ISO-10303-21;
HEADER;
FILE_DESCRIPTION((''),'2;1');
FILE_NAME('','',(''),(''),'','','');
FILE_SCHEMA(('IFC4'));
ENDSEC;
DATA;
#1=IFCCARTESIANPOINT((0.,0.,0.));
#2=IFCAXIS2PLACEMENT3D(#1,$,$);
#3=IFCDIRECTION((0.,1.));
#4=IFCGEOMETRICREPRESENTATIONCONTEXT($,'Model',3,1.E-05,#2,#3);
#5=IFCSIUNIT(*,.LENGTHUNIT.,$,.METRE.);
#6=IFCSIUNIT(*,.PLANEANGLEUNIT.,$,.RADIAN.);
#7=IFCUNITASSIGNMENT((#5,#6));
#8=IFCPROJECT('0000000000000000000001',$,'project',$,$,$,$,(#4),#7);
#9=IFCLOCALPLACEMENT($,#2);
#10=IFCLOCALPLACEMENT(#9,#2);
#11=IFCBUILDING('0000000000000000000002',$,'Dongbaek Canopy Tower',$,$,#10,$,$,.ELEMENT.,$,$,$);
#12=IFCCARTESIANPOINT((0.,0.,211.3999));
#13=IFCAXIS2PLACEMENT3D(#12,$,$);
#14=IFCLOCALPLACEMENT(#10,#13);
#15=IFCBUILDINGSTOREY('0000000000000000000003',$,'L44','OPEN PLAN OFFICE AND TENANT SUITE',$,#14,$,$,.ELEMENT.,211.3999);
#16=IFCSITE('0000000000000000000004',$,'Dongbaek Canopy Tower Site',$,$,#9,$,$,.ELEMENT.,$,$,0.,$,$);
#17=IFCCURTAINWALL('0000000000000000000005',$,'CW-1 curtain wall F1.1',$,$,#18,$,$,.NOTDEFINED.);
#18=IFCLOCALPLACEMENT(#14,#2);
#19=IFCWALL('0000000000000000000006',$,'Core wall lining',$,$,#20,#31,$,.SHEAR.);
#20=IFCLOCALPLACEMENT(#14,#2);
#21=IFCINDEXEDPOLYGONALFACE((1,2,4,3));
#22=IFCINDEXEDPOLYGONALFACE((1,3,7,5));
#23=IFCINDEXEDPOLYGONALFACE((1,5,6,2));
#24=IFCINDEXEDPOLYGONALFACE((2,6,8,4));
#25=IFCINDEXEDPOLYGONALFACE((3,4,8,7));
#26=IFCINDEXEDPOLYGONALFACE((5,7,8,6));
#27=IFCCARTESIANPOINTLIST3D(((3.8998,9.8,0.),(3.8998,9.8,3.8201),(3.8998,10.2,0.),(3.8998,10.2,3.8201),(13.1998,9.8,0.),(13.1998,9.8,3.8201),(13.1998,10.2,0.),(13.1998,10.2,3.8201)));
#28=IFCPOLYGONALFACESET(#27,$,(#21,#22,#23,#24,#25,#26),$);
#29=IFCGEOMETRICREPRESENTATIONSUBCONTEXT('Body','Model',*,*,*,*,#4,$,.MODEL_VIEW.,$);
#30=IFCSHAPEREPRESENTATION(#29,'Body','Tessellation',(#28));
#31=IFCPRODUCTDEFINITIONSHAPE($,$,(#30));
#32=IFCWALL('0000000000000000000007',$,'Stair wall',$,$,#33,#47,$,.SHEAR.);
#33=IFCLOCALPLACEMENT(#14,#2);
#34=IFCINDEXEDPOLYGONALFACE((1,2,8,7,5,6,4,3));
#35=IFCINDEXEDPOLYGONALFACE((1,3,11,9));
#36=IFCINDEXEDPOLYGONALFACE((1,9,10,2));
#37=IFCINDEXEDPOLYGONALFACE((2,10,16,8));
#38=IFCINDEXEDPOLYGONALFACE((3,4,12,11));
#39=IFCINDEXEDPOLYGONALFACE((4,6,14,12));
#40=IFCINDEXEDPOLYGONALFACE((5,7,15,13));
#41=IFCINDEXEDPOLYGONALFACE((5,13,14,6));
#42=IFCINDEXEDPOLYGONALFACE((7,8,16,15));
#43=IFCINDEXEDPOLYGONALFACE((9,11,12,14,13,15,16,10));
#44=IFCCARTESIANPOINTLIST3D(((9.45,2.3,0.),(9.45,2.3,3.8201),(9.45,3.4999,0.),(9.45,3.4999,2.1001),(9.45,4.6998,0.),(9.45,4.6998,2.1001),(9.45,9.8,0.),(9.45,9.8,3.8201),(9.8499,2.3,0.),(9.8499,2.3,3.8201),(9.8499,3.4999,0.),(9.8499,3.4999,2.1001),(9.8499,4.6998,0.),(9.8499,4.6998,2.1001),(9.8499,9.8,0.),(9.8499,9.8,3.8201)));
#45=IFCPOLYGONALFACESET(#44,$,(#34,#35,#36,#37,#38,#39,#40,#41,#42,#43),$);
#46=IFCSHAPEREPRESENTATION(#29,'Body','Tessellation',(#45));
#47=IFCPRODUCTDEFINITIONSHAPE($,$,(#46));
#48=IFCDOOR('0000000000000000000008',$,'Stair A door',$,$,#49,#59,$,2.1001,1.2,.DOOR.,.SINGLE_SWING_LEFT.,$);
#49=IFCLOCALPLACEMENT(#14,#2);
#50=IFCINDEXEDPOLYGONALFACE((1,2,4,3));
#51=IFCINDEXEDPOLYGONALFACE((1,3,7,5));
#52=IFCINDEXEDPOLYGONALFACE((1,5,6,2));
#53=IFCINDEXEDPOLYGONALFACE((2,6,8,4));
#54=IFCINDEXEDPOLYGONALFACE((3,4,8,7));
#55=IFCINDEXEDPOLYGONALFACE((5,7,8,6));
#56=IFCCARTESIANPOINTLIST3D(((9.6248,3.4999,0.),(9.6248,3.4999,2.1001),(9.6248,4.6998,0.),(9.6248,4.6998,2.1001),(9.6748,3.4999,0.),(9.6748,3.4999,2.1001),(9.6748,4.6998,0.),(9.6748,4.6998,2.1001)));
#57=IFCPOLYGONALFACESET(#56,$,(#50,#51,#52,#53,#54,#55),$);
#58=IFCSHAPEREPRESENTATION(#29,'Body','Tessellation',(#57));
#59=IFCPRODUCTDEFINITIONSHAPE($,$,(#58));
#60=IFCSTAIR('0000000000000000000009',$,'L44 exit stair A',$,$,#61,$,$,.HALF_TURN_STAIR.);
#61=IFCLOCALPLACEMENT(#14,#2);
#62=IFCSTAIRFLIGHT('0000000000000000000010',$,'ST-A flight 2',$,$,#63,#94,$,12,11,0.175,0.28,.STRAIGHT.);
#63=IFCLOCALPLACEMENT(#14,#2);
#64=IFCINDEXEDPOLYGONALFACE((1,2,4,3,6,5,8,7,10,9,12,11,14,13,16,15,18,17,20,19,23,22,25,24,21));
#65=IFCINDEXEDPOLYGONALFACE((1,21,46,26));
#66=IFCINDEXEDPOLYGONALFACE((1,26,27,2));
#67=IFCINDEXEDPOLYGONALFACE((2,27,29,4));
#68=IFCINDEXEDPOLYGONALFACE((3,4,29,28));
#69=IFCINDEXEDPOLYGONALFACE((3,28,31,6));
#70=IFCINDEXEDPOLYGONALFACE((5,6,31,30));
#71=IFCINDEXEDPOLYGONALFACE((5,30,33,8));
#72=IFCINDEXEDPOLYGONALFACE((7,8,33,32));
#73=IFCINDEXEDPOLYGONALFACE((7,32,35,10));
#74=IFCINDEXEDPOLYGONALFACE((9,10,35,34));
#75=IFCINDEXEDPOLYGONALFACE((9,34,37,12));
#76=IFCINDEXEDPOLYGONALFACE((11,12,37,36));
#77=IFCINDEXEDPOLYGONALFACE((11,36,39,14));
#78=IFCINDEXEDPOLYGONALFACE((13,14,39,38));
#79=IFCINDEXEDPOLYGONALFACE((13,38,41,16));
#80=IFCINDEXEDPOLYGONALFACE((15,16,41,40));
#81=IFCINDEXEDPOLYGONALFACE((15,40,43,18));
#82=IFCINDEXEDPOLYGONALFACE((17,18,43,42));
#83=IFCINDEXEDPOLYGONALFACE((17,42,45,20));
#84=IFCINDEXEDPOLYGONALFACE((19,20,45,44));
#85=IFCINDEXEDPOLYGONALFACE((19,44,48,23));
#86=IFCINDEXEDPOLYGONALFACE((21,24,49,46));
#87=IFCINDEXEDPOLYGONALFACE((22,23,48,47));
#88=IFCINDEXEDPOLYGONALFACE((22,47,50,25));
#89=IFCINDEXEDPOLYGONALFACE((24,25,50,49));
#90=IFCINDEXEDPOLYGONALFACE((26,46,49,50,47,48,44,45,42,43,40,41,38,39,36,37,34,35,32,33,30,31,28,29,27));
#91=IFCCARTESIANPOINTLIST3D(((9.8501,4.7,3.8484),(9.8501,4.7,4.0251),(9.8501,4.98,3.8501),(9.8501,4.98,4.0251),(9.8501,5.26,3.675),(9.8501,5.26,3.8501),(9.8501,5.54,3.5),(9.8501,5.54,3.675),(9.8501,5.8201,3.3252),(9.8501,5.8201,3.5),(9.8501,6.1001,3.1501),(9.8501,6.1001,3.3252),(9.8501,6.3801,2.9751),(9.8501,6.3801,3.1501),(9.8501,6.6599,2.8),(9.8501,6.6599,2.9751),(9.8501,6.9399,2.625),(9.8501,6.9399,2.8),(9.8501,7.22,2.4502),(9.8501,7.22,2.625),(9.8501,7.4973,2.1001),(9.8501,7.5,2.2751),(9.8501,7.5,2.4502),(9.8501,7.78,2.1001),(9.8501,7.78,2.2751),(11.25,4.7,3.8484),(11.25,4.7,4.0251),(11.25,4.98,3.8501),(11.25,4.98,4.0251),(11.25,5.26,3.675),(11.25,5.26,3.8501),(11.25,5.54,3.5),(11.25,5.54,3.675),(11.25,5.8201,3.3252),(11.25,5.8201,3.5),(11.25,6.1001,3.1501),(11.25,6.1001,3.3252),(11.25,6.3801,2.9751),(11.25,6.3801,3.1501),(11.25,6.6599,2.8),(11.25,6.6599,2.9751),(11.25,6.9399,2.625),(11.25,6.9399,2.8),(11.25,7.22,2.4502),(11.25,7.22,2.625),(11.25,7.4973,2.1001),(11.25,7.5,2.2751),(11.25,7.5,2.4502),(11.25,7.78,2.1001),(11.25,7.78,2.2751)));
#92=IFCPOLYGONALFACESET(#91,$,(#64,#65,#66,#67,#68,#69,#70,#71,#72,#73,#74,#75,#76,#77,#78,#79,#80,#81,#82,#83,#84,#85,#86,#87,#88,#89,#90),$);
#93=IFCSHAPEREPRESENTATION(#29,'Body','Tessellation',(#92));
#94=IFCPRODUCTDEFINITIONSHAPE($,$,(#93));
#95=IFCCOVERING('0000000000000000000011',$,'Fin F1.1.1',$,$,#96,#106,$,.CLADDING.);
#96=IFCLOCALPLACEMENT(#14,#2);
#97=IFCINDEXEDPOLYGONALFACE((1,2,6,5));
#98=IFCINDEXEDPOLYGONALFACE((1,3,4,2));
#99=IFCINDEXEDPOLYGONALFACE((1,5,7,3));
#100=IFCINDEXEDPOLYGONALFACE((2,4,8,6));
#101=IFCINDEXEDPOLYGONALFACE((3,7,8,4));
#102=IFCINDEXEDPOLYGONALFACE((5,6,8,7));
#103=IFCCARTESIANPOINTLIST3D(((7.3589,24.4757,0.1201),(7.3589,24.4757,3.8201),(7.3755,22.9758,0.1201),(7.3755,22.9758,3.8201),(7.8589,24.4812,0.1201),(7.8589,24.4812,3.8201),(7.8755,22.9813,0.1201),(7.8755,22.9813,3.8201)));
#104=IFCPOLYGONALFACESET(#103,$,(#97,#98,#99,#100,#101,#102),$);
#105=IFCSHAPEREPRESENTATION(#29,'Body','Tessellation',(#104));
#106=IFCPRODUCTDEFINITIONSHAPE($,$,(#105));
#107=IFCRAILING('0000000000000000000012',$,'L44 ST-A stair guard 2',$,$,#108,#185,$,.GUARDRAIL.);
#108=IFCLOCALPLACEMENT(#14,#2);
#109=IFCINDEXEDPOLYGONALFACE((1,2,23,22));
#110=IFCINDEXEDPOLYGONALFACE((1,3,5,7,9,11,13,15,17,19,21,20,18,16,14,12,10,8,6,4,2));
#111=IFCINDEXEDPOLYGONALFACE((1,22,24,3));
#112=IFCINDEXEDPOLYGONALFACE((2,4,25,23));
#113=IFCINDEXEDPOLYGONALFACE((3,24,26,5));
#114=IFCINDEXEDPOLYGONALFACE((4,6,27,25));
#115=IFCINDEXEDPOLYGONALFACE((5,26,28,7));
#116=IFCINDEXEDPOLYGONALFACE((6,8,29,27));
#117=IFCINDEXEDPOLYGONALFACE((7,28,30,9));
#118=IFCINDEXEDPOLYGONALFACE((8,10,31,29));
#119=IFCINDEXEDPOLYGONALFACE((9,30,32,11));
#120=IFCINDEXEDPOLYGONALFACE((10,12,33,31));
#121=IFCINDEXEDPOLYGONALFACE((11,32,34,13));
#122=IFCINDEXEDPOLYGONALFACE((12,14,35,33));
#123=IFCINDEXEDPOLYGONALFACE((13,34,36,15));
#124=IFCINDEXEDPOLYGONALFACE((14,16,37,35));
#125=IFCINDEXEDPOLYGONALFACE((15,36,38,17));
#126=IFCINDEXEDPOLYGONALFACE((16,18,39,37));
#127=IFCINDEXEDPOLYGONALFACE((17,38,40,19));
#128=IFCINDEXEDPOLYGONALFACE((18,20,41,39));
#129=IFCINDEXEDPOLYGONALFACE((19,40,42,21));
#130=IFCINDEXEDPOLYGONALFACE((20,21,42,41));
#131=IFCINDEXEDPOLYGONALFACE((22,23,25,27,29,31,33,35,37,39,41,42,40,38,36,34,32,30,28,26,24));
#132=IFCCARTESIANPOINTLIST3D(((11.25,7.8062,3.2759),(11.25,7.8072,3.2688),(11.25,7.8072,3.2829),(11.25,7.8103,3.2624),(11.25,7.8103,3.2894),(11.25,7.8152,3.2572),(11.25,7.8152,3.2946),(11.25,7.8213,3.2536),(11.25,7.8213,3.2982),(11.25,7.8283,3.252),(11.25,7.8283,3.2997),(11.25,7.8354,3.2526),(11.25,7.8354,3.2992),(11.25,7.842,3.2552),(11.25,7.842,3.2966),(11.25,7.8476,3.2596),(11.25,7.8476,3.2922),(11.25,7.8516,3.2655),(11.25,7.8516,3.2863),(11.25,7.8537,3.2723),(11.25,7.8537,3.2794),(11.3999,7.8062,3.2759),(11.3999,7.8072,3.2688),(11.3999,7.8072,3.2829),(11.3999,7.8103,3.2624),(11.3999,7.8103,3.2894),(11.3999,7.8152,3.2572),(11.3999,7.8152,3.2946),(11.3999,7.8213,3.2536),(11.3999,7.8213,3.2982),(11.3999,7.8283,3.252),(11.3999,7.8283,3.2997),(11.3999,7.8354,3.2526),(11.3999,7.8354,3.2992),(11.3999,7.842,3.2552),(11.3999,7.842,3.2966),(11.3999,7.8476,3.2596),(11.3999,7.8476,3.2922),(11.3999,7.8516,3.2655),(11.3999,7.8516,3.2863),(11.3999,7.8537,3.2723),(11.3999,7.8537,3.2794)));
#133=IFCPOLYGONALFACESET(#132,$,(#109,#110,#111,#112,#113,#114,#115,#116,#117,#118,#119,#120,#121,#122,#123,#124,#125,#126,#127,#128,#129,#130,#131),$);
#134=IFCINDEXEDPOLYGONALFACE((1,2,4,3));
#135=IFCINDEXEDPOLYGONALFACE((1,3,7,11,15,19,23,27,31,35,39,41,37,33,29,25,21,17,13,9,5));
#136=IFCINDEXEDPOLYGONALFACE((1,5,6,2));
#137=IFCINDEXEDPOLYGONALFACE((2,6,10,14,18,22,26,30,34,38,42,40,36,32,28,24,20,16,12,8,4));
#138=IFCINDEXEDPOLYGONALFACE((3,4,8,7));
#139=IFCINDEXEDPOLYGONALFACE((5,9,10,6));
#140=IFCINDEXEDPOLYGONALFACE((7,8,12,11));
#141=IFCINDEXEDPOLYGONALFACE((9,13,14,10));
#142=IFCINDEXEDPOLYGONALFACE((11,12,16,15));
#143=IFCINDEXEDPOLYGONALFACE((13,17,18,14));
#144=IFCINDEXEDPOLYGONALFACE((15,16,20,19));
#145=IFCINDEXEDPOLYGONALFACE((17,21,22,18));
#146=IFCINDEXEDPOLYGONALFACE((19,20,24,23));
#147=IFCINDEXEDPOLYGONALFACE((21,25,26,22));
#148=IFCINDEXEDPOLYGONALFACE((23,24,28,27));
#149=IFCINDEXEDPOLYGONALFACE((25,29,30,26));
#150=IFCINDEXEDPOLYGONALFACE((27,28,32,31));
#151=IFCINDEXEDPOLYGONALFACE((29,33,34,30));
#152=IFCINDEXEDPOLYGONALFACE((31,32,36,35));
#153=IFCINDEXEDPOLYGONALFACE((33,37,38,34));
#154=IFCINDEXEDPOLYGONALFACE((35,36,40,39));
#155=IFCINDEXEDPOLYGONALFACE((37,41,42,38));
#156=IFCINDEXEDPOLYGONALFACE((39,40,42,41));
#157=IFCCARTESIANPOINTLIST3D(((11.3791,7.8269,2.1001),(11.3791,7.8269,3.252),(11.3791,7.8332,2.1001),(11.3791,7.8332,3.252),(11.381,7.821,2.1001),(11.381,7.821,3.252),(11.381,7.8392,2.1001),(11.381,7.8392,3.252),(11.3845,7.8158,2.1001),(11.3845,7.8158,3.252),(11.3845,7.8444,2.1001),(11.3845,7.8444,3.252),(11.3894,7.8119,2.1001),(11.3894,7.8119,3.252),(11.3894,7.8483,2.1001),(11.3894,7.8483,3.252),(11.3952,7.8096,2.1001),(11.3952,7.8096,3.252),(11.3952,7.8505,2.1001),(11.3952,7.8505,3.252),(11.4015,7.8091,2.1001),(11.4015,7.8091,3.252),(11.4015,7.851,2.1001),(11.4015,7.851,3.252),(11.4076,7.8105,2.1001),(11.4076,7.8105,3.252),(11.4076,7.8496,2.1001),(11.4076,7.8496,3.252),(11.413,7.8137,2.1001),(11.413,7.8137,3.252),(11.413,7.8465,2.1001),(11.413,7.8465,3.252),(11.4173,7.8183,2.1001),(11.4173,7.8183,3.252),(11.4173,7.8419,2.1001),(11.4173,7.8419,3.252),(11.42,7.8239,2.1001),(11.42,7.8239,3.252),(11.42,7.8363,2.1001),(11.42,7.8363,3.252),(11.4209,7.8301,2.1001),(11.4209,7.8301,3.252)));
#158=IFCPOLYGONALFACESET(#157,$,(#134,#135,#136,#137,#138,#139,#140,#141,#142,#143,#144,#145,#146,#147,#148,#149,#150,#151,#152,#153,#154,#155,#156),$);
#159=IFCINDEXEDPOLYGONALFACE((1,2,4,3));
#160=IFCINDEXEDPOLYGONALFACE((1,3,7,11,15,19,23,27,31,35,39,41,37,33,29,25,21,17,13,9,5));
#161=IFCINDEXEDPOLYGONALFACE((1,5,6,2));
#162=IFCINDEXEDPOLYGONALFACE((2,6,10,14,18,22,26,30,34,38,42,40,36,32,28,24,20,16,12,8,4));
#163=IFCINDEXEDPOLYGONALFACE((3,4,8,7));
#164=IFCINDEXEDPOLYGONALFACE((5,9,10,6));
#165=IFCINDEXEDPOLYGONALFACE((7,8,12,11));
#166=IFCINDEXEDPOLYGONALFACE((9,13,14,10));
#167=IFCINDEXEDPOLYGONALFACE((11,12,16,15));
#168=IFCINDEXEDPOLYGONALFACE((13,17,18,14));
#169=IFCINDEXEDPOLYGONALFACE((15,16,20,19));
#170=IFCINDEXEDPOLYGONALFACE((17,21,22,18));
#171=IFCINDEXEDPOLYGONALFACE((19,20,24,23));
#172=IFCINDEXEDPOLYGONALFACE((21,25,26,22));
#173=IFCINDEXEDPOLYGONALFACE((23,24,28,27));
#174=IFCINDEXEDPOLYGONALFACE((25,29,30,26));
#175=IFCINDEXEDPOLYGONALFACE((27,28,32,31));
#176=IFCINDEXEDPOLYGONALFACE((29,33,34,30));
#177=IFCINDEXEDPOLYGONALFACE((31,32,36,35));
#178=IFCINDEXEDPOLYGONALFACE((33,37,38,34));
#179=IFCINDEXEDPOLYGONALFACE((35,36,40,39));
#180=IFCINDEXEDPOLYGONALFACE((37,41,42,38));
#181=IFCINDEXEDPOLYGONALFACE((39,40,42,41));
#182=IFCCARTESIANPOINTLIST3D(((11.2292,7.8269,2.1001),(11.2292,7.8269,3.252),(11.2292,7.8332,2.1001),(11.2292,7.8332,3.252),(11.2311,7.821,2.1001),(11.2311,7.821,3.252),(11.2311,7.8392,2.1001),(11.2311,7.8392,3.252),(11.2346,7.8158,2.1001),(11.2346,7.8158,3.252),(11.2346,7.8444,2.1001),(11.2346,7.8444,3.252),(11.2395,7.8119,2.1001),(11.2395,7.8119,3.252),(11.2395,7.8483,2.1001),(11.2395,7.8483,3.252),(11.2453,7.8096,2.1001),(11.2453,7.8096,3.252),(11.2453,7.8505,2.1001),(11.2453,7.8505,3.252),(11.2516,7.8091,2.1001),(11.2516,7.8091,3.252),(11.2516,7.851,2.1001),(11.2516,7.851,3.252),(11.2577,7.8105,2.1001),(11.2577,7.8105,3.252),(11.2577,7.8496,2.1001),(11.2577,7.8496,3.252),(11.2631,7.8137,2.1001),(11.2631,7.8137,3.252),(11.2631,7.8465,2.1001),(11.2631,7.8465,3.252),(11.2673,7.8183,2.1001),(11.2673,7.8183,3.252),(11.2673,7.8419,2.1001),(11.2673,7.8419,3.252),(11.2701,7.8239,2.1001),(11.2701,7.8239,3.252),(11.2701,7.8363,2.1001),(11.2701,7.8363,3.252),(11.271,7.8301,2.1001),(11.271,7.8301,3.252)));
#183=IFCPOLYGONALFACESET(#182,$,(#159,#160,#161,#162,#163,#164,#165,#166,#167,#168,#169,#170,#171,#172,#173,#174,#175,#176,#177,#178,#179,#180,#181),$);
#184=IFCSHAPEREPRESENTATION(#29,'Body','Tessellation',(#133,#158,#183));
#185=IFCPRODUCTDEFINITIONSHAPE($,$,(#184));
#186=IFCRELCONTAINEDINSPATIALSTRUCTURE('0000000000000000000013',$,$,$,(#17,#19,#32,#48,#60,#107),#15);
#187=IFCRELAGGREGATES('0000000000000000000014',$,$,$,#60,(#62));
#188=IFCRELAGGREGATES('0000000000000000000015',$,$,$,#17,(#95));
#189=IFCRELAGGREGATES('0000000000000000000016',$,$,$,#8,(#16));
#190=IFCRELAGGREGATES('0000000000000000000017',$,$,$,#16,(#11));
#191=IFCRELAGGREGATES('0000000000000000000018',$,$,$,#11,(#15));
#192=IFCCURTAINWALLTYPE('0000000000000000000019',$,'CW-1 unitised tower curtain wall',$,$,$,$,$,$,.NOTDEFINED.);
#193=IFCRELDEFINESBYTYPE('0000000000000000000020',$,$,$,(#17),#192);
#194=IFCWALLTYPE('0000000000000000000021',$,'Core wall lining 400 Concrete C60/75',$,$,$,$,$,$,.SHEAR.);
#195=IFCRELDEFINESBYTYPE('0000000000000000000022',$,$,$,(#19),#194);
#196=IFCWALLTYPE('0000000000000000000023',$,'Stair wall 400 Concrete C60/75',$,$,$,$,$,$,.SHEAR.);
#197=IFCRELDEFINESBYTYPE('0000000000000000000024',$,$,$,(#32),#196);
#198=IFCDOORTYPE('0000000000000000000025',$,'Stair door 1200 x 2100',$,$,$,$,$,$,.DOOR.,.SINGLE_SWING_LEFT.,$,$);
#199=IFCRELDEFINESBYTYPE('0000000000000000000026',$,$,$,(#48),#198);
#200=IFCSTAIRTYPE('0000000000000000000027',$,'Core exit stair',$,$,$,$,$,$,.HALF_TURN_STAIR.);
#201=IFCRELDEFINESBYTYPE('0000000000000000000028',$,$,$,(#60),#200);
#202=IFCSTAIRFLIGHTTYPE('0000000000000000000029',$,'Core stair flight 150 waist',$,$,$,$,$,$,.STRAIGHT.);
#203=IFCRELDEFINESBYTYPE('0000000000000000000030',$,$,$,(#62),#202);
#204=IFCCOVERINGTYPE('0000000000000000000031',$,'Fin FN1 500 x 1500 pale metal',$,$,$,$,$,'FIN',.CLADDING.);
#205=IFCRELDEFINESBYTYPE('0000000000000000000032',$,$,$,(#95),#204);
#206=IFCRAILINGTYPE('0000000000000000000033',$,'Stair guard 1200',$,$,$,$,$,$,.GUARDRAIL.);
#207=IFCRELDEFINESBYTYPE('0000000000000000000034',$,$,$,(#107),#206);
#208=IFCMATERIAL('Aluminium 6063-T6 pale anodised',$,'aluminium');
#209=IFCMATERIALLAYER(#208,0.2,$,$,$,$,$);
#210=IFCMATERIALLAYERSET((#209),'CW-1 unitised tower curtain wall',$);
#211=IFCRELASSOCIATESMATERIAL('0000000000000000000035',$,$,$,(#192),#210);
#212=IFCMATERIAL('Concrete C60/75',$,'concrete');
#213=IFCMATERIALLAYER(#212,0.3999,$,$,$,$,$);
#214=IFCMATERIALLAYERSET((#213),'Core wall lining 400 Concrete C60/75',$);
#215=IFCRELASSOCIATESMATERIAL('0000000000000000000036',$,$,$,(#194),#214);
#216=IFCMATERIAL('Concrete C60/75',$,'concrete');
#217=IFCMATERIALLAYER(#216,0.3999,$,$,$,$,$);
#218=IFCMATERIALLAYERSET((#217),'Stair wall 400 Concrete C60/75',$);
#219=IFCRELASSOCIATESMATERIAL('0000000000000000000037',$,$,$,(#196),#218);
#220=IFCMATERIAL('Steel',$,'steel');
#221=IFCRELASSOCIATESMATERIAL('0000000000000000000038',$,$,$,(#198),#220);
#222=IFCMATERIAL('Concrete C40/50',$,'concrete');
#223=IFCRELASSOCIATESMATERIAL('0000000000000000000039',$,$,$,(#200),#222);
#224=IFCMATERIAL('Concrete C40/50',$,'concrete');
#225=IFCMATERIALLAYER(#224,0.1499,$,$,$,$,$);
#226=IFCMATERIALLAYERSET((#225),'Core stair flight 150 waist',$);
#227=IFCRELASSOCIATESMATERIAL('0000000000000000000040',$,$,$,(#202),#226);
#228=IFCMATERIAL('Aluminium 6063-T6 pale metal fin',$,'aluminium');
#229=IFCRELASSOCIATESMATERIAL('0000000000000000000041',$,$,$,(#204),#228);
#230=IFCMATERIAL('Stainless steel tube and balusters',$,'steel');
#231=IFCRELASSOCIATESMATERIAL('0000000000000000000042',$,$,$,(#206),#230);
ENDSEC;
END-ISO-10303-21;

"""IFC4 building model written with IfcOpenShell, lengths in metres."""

from ifc_helpers import new_model, si_unit, direction, frame, frame_2d, origin, origin_2d, place, context, subcontext, project, spatial, polyline, rectangle, circle, outline, extrude, material, layer, layer_set, material_profile, profile_set, type_object, element, fill, aggregate, save


model = new_model("IFC4")

# Units and contexts
model_context = context("Model", 3, precision=1e-05, world=origin(), true_north=direction((0.0, 1.0)))
body_context = subcontext(model_context, "Body", "Model", "MODEL_VIEW")
ifc_project = project(units=[si_unit("LENGTHUNIT", "METRE"), si_unit("PLANEANGLEUNIT", "RADIAN")], contexts=[model_context])

# Site, building, storey
site_placement = place(None, origin())
site = spatial("IfcSite", under=ifc_project, at=site_placement, Name="Dongbaek Canopy Tower Site", CompositionType="ELEMENT", RefElevation=0.0)
building_placement = place(site_placement, origin())
building = spatial("IfcBuilding", under=site, at=building_placement, Name="Dongbaek Canopy Tower", CompositionType="ELEMENT")
storey_placement = place(building_placement, frame((0.0, 0.0, 211.3999)))
storey = spatial("IfcBuildingStorey", under=building, at=storey_placement, Name="L44", Description="OPEN PLAN OFFICE AND TENANT SUITE", CompositionType="ELEMENT", Elevation=211.3999)

# Shared definitions
ifc_material_1 = material(Name="Aluminium 6063-T6 pale anodised", Category="aluminium")
ifc_layer_1 = layer(ifc_material_1, 0.2)
ifc_layer_set_1 = layer_set([ifc_layer_1], Name="CW-1 unitised tower curtain wall")
curtain_wall_type = type_object("IfcCurtainWallType", Name="CW-1 unitised tower curtain wall", PredefinedType="NOTDEFINED", material=ifc_layer_set_1)

# Curtain wall
curtain_wall_1_placement = place(storey_placement, origin())
curtain_wall_1 = element("IfcCurtainWall", 1, at=curtain_wall_1_placement, inside=storey, type_object=curtain_wall_type, Name="CW-1 curtain wall F1.1", PredefinedType="NOTDEFINED")

# Wall
ifc_material_2 = material(Name="Concrete C60/75", Category="concrete")
ifc_layer_2 = layer(ifc_material_2, 0.3999)
ifc_layer_set_2 = layer_set([ifc_layer_2], Name="Core wall lining 400 Concrete C60/75")
wall_type_1 = type_object("IfcWallType", Name="Core wall lining 400 Concrete C60/75", PredefinedType="SHEAR", material=ifc_layer_set_2)
wall_1_placement = place(storey_placement, frame((3.8999, 10.0, 0.0), z_axis=(0.0, 0.0, 1.0), x_axis=(1.0, 0.0, 0.0)))
element("IfcWall", 2, at=wall_1_placement, inside=storey, type_object=wall_type_1, Name="Core wall lining", PredefinedType="SHEAR", context=body_context, shape_type="SweptSolid", body=[
    extrude(rectangle(XDim=9.3, YDim=0.3999, at=frame_2d((4.6499, 0.0))), origin(), (0.0, 0.0, 1.0), 3.8201),
])

# Wall, opening, door
ifc_material_3 = material(Name="Concrete C60/75", Category="concrete")
ifc_layer_3 = layer(ifc_material_3, 0.3999)
ifc_layer_set_3 = layer_set([ifc_layer_3], Name="Stair wall 400 Concrete C60/75")
wall_type_2 = type_object("IfcWallType", Name="Stair wall 400 Concrete C60/75", PredefinedType="SHEAR", material=ifc_layer_set_3)
wall_2_placement = place(storey_placement, frame((9.6499, 9.8, 0.0), z_axis=(0.0, 0.0, 1.0), x_axis=(0.0, -1.0, 0.0)))
wall_2 = element("IfcWall", 3, at=wall_2_placement, inside=storey, type_object=wall_type_2, Name="Stair wall", PredefinedType="SHEAR", context=body_context, shape_type="SweptSolid", body=[
    extrude(rectangle(XDim=7.5, YDim=0.3999, at=frame_2d((3.75, 0.0))), origin(), (0.0, 0.0, 1.0), 3.8201),
])
opening_placement = place(wall_2_placement, frame((5.1001, 0.0, 0.0)))
opening = element("IfcOpeningElement", 4, at=opening_placement, cuts=wall_2, PredefinedType="OPENING", context=body_context, shape_type="SweptSolid", body=[
    extrude(rectangle(XDim=1.2, YDim=2.1001, at=frame_2d((0.6001, 1.05))), frame((0.0, 0.21, 0.0), z_axis=(0.0, -1.0, 0.0), x_axis=(1.0, 0.0, 0.0)), (0.0, 0.0, 1.0), 0.4199),
])
ifc_material_4 = material(Name="Steel", Category="steel")
door_type = type_object("IfcDoorType", Name="Stair door 1200 x 2100", OperationType="SINGLE_SWING_LEFT", PredefinedType="DOOR", material=ifc_material_4)
door_placement = place(opening_placement, origin())
door = element("IfcDoor", 5, at=door_placement, inside=storey, type_object=door_type, Name="Stair A door", OperationType="SINGLE_SWING_LEFT", OverallHeight=2.1001, OverallWidth=1.2, PredefinedType="DOOR", context=body_context, shape_type="SweptSolid", body=[
    extrude(rectangle(XDim=1.2, YDim=2.1001, at=frame_2d((0.6001, 1.05))), frame((0.0, 0.0249, 0.0), z_axis=(0.0, -1.0, 0.0), x_axis=(1.0, 0.0, 0.0)), (0.0, 0.0, 1.0), 0.05),
])
fill(opening, door)

# Stair, stair flight
ifc_material_5 = material(Name="Concrete C40/50", Category="concrete")
stair_type = type_object("IfcStairType", Name="Core exit stair", PredefinedType="HALF_TURN_STAIR", material=ifc_material_5)
stair_placement = place(storey_placement, origin())
stair = element("IfcStair", 6, at=stair_placement, inside=storey, type_object=stair_type, Name="L44 exit stair A", PredefinedType="HALF_TURN_STAIR")
ifc_material_6 = material(Name="Concrete C40/50", Category="concrete")
ifc_layer_4 = layer(ifc_material_6, 0.1499)
ifc_layer_set_4 = layer_set([ifc_layer_4], Name="Core stair flight 150 waist")
stair_flight_type = type_object("IfcStairFlightType", Name="Core stair flight 150 waist", PredefinedType="STRAIGHT", material=ifc_layer_set_4)
stair_flight_placement = place(storey_placement, frame((10.55, 7.78, 2.1001), z_axis=(0.0, 0.0, 1.0), x_axis=(0.0, -1.0, 0.0)))
stair_flight = element("IfcStairFlight", 7, at=stair_flight_placement, type_object=stair_flight_type, Name="ST-A flight 2", NumberOfRisers=12, NumberOfTreads=11, PredefinedType="STRAIGHT", RiserHeight=0.175, TreadLength=0.28, context=body_context, shape_type="SweptSolid", body=[
    extrude(outline(polyline([(0.0, 0.0), (0.0, 0.175), (0.28, 0.175), (0.28, 0.3501), (0.5601, 0.3501), (0.5601, 0.5249), (0.8401, 0.5249), (0.8401, 0.7), (1.1201, 0.7), (1.1201, 0.875), (1.3999, 0.875), (1.3999, 1.05), (1.6799, 1.05), (1.6799, 1.2251), (1.96, 1.2251), (1.96, 1.3999), (2.24, 1.3999), (2.24, 1.575), (2.52, 1.575), (2.52, 1.75), (2.8, 1.75), (2.8, 1.925), (3.0801, 1.925), (3.0801, 2.1001), (3.0801, 1.7483), (0.2827, 0.0), (0.0, 0.0)])), frame((0.0, 0.7, 0.0), z_axis=(0.0, -1.0, 0.0), x_axis=(1.0, 0.0, 0.0)), (0.0, 0.0, 1.0), 1.3999),
])
aggregate(stair, [stair_flight])

# Covering
ifc_material_7 = material(Name="Aluminium 6063-T6 pale metal fin", Category="aluminium")
ifc_material_profile_1 = material_profile(ifc_material_7, rectangle(XDim=1.5, YDim=0.5, at=origin_2d()), Name="Fin FN1 500 x 1500 pale metal")
ifc_profile_set_1 = profile_set([ifc_material_profile_1], Name="Aluminium 6063-T6 pale metal fin")
covering_type = type_object("IfcCoveringType", Name="Fin FN1 500 x 1500 pale metal", ElementType="FIN", PredefinedType="CLADDING", material=ifc_profile_set_1)
covering_placement = place(storey_placement, frame((7.6172, 23.7285, 0.1201), z_axis=(0.0, 0.0, 1.0), x_axis=(-0.011085, 0.999939, 0.0)))
covering = element("IfcCovering", 8, at=covering_placement, type_object=covering_type, Name="Fin F1.1.1", PredefinedType="CLADDING", context=body_context, shape_type="SweptSolid", body=[
    extrude(rectangle(XDim=1.5, YDim=0.5, at=origin_2d()), origin(), (0.0, 0.0, 1.0), 3.7),
])
aggregate(curtain_wall_1, [covering])

# Railing
ifc_material_8 = material(Name="Stainless steel tube and balusters", Category="steel")
railing_type = type_object("IfcRailingType", Name="Stair guard 1200", PredefinedType="GUARDRAIL", material=ifc_material_8)
railing_1_placement = place(storey_placement, frame((11.3999, 7.8301, 2.1001)))
element("IfcRailing", 9, at=railing_1_placement, inside=storey, type_object=railing_type, Name="L44 ST-A stair guard 2", PredefinedType="GUARDRAIL", context=body_context, shape_type="SweptSolid", body=[
    extrude(circle(Radius=0.0239, at=origin_2d()), frame((0.0, 0.0, 1.1758), z_axis=(-1.0, 0.0, 0.0), x_axis=(0.0, -1.0, 0.0)), (0.0, 0.0, 1.0), 0.1499),
    extrude(circle(Radius=0.021, at=origin_2d()), origin(), (0.0, 0.0, 1.0), 1.1519),
    extrude(circle(Radius=0.021, at=origin_2d()), frame((-0.1499, 0.0, 0.0)), (0.0, 0.0, 1.0), 1.1519),
])

save(model, "model.ifc")
